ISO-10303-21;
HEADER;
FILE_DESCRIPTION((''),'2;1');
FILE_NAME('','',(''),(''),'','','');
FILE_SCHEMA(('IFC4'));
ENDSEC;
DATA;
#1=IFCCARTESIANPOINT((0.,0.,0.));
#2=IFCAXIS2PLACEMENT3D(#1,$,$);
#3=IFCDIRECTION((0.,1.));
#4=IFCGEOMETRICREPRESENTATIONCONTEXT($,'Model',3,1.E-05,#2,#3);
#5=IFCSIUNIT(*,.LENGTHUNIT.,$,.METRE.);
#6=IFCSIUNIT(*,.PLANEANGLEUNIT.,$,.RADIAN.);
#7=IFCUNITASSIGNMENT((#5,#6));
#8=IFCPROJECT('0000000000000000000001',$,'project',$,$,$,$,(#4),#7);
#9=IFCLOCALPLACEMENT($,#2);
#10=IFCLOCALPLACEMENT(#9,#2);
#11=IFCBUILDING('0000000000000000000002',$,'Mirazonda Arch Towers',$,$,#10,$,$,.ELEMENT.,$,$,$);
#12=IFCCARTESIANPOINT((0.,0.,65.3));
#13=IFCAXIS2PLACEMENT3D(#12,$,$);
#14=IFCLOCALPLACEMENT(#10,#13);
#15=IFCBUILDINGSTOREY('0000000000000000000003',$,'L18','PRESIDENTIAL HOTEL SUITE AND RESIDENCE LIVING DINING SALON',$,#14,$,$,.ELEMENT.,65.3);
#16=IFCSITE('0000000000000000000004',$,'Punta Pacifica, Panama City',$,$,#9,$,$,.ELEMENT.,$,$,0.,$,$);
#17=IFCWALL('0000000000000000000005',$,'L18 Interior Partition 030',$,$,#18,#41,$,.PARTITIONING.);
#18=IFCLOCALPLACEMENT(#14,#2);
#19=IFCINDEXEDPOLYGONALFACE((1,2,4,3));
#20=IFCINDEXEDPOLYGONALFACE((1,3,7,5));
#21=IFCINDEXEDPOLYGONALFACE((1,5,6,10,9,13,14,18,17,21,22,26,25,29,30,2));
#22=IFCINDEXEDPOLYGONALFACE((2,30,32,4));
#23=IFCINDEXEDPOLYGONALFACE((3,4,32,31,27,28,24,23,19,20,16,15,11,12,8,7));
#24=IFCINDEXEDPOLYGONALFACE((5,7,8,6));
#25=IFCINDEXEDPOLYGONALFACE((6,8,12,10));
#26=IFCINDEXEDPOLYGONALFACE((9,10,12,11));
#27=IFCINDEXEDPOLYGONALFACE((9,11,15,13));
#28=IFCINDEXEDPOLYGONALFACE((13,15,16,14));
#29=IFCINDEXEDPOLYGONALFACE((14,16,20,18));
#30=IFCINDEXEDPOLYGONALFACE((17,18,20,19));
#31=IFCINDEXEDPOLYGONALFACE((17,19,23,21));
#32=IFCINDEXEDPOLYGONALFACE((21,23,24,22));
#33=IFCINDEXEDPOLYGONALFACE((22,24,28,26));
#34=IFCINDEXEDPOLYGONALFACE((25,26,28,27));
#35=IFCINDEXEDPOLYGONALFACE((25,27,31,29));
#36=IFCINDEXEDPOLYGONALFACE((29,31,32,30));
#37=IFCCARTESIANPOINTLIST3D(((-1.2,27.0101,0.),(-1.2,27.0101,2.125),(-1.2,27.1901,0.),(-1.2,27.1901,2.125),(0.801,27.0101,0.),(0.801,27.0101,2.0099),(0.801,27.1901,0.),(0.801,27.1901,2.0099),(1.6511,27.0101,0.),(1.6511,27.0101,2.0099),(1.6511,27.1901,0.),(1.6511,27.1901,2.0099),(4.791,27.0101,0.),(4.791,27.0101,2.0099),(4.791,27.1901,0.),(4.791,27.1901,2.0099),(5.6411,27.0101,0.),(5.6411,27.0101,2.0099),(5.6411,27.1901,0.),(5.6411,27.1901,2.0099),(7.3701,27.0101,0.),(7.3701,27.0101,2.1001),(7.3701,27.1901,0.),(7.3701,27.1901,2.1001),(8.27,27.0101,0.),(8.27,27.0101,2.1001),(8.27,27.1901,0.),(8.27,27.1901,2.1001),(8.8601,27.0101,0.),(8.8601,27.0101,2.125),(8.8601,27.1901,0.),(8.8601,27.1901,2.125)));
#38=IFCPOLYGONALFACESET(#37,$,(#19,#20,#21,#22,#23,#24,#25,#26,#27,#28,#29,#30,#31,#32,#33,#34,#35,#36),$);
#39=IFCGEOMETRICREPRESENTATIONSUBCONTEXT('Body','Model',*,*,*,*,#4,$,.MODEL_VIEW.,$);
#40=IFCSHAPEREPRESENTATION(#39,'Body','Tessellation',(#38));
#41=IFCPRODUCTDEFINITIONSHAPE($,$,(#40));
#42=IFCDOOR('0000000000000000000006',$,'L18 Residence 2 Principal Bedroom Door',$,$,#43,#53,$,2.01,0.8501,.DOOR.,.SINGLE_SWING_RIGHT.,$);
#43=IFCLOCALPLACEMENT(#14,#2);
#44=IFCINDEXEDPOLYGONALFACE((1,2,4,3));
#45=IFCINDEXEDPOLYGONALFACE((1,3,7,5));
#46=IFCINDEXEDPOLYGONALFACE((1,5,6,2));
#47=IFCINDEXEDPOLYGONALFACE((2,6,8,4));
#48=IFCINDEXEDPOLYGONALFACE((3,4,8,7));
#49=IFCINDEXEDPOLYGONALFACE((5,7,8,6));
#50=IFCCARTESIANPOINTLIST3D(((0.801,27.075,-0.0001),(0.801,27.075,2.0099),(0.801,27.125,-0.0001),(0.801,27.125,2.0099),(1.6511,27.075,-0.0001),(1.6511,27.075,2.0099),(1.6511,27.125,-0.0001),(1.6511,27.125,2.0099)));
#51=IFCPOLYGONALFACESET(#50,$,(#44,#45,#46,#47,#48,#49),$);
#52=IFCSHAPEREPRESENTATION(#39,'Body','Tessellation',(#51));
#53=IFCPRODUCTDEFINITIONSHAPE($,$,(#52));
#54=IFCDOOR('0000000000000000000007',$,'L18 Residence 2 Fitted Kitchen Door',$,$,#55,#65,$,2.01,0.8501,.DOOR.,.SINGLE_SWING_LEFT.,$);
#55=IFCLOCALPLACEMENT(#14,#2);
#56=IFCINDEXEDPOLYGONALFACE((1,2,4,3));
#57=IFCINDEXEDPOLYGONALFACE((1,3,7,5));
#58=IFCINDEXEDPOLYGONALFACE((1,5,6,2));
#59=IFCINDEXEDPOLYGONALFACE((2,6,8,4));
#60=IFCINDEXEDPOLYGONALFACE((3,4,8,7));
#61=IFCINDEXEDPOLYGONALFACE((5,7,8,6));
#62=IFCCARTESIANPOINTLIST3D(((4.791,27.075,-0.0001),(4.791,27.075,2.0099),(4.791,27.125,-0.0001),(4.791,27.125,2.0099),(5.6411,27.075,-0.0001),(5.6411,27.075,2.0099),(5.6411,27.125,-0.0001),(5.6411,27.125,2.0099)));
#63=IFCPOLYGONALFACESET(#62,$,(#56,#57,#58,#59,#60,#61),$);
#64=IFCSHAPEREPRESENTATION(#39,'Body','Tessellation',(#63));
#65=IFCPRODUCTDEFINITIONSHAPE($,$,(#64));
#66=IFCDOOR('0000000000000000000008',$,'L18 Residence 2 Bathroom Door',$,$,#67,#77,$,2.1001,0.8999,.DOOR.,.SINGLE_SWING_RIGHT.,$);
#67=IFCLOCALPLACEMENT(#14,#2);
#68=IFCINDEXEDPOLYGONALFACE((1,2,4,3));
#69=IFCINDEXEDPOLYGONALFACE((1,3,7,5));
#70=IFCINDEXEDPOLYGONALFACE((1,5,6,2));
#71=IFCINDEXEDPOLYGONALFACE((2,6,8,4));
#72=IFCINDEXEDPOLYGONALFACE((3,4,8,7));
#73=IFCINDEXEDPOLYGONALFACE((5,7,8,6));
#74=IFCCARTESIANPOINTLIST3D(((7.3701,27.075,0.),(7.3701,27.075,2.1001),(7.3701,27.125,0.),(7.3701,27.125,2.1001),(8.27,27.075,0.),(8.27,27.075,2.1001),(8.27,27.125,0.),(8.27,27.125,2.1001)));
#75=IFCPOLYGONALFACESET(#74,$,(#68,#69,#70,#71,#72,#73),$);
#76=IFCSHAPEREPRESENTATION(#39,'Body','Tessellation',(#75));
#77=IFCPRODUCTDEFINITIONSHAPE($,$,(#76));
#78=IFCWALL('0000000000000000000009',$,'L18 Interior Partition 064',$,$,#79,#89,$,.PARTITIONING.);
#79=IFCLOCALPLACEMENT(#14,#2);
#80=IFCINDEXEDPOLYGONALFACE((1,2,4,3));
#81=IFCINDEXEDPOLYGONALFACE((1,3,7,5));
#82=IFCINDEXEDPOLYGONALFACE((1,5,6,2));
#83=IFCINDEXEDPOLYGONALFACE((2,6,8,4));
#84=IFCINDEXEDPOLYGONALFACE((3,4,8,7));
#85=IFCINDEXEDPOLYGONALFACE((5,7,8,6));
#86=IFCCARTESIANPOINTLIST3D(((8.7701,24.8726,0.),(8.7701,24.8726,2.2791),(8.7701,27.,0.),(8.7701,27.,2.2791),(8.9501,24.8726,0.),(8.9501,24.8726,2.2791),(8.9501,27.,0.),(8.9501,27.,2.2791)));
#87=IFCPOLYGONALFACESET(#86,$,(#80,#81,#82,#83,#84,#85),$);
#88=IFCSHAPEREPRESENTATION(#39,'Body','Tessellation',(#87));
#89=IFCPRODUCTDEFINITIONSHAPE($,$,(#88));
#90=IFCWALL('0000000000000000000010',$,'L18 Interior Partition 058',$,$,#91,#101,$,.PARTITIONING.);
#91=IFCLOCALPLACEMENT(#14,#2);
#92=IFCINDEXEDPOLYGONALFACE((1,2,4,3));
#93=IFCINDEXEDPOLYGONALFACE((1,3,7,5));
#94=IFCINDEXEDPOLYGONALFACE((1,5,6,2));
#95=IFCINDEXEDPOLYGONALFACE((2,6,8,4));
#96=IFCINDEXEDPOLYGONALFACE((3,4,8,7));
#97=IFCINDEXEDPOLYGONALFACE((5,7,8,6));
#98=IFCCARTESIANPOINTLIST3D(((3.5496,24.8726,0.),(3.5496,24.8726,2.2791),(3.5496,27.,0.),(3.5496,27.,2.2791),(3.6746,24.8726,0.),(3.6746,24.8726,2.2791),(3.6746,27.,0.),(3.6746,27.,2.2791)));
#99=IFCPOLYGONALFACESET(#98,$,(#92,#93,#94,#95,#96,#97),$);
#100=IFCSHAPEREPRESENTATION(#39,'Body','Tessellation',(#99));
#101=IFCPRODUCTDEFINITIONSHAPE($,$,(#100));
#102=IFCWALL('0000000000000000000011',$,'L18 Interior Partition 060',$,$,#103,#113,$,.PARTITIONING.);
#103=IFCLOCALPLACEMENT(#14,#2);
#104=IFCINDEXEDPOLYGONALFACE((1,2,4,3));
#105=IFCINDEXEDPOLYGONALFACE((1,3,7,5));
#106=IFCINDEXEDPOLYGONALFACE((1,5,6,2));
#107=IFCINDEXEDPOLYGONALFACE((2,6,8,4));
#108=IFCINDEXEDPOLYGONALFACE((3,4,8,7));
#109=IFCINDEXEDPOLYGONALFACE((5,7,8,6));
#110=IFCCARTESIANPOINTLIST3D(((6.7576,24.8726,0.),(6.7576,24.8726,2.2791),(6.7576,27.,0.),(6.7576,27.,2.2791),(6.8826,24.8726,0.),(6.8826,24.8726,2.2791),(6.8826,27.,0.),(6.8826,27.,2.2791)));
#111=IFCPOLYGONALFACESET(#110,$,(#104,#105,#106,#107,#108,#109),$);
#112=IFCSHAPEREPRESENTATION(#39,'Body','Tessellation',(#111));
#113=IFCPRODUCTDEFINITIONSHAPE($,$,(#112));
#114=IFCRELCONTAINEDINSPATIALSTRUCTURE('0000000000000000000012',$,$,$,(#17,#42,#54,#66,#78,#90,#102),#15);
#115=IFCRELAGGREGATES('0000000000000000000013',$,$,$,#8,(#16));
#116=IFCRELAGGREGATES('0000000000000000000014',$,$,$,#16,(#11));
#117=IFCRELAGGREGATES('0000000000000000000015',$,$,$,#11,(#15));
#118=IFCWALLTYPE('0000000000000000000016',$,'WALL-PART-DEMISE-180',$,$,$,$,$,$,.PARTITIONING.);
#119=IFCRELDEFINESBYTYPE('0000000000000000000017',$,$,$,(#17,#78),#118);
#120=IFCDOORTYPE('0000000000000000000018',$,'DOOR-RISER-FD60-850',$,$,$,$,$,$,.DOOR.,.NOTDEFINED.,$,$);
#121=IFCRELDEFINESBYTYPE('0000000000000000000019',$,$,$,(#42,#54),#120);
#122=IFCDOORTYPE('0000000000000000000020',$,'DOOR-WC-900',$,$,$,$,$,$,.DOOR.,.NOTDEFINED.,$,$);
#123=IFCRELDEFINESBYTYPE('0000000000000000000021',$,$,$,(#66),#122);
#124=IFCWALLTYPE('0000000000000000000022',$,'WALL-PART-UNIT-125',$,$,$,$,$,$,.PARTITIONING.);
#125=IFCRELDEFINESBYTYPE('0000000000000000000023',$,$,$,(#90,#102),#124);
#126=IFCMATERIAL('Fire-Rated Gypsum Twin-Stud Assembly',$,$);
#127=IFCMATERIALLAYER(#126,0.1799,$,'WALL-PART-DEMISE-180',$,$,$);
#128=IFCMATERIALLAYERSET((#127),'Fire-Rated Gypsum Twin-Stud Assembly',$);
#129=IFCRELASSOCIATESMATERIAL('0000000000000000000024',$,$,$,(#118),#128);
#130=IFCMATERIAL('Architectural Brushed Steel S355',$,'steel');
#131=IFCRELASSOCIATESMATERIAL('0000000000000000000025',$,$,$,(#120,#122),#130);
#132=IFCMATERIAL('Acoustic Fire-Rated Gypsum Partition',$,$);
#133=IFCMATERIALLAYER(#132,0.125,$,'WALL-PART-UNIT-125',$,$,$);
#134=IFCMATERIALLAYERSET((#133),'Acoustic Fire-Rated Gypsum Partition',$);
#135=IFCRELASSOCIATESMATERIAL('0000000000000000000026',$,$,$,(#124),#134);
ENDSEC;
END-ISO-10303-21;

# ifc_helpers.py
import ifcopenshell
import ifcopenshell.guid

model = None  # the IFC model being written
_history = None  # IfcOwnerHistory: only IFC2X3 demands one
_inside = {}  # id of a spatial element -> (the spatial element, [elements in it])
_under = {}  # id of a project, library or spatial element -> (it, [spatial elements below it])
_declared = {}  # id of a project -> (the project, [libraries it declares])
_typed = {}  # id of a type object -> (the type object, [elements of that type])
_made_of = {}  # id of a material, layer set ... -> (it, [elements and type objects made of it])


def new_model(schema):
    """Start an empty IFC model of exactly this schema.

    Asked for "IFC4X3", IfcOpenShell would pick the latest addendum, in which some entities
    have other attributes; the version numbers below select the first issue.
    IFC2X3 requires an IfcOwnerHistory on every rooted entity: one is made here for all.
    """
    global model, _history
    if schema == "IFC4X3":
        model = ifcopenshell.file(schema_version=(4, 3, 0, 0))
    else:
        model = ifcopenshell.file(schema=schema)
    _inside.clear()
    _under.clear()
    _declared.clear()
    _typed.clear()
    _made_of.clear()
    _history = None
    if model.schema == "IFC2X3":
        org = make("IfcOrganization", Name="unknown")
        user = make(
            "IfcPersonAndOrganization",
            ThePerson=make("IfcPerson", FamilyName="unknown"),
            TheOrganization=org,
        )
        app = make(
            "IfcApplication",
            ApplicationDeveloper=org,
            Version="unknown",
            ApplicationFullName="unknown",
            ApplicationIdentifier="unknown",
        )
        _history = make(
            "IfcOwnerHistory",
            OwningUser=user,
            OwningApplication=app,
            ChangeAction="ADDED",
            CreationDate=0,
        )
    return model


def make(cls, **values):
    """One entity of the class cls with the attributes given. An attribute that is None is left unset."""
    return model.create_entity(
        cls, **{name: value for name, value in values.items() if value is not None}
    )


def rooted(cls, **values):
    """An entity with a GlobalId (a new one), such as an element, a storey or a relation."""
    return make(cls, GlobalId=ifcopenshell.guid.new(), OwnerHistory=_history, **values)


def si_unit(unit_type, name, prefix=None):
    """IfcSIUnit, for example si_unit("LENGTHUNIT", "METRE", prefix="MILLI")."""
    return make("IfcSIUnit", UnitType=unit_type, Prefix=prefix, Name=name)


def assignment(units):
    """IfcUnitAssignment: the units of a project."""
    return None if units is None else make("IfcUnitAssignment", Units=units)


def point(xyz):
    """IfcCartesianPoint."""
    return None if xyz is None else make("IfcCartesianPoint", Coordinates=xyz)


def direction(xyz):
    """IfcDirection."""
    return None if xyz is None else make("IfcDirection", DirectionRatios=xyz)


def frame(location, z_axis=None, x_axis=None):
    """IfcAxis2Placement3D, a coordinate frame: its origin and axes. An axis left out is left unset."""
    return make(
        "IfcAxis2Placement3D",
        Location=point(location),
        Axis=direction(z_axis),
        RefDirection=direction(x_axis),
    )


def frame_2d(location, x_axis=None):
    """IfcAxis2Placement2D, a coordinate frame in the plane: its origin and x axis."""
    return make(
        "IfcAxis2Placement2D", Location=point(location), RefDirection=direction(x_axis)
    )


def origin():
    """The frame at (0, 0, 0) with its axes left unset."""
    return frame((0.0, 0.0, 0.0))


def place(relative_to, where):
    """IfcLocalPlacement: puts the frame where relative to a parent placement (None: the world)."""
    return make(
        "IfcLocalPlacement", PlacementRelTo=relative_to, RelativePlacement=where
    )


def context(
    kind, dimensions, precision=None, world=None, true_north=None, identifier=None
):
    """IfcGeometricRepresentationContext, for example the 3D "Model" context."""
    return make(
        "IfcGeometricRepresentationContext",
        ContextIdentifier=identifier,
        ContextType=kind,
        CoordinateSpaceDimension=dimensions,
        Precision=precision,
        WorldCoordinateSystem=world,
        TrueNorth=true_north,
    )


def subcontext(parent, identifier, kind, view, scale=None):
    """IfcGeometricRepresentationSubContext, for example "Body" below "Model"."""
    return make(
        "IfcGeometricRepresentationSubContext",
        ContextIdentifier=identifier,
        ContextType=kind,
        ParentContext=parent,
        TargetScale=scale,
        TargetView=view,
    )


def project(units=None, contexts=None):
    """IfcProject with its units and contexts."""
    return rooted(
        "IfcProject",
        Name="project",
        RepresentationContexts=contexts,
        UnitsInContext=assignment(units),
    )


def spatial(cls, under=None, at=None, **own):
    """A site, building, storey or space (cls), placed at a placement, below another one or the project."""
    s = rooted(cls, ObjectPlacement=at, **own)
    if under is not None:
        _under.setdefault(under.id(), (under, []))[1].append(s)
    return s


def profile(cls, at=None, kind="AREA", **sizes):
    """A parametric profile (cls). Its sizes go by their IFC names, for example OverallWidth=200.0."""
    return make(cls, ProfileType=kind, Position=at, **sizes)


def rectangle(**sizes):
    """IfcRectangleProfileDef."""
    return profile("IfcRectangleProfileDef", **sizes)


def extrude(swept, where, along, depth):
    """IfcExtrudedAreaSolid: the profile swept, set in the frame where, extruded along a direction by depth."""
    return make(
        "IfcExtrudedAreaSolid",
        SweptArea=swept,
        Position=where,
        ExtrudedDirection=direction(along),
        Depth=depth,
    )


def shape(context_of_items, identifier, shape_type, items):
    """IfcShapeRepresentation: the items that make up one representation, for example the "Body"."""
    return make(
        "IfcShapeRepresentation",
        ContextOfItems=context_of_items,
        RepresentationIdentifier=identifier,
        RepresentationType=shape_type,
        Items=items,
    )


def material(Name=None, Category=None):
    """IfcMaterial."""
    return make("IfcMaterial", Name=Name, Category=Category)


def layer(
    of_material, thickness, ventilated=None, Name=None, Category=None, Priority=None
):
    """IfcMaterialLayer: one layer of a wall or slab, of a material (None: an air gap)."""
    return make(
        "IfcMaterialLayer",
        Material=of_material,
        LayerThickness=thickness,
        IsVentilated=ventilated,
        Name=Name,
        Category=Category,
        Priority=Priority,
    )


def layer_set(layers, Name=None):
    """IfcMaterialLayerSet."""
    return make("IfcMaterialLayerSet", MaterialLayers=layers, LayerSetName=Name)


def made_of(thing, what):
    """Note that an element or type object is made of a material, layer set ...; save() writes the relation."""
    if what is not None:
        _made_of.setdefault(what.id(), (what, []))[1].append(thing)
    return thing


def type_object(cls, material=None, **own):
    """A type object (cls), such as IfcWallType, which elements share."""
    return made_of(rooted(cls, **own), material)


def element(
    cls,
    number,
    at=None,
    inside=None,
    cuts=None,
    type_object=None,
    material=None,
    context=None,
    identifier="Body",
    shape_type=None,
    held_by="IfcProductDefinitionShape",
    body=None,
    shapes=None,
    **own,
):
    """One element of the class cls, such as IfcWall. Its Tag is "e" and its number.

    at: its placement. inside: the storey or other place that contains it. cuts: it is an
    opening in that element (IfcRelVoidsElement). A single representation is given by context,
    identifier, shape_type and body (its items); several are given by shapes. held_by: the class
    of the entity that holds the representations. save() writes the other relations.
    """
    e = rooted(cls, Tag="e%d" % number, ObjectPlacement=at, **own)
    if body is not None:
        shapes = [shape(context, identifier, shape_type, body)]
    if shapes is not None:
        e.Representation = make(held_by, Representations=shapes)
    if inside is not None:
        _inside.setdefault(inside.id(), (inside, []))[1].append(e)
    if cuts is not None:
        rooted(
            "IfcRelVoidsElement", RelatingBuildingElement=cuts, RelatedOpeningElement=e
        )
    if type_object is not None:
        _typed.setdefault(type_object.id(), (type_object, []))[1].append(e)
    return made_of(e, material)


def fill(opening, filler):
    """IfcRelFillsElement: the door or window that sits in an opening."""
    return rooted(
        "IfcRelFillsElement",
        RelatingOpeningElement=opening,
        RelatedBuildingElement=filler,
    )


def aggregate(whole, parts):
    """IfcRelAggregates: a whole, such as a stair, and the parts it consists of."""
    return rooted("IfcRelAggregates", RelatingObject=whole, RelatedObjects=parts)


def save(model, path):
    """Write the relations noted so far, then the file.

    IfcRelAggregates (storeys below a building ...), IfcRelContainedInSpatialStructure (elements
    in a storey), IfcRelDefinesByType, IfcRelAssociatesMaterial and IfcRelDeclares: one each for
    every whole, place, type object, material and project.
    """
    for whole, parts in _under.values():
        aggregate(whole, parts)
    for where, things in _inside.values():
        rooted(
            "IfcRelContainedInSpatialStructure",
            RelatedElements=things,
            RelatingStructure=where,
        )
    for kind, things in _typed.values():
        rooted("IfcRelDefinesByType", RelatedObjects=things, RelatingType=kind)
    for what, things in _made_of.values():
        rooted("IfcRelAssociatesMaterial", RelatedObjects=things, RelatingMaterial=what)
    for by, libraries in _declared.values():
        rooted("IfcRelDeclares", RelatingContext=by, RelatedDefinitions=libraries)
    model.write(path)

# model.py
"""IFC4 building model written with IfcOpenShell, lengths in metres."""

from ifc_helpers import new_model, si_unit, direction, frame, frame_2d, origin, place, context, subcontext, project, spatial, rectangle, extrude, material, layer, layer_set, type_object, element, fill, save


model = new_model("IFC4")

# Units and contexts
model_context = context("Model", 3, precision=1e-05, world=origin(), true_north=direction((0.0, 1.0)))
body_context = subcontext(model_context, "Body", "Model", "MODEL_VIEW")
ifc_project = project(units=[si_unit("LENGTHUNIT", "METRE"), si_unit("PLANEANGLEUNIT", "RADIAN")], contexts=[model_context])

# Site, building, storey
site_placement = place(None, origin())
site = spatial("IfcSite", under=ifc_project, at=site_placement, Name="Punta Pacifica, Panama City", CompositionType="ELEMENT", RefElevation=0.0)
building_placement = place(site_placement, origin())
building = spatial("IfcBuilding", under=site, at=building_placement, Name="Mirazonda Arch Towers", CompositionType="ELEMENT")
storey_placement = place(building_placement, frame((0.0, 0.0, 65.3)))
storey = spatial("IfcBuildingStorey", under=building, at=storey_placement, Name="L18", Description="PRESIDENTIAL HOTEL SUITE AND RESIDENCE LIVING DINING SALON", CompositionType="ELEMENT", Elevation=65.3)

# Wall, openings, doors
ifc_material_1 = material(Name="Fire-Rated Gypsum Twin-Stud Assembly")
ifc_layer_1 = layer(ifc_material_1, 0.1799, Name="WALL-PART-DEMISE-180")
ifc_layer_set_1 = layer_set([ifc_layer_1], Name="Fire-Rated Gypsum Twin-Stud Assembly")
wall_type_1 = type_object("IfcWallType", Name="WALL-PART-DEMISE-180", PredefinedType="PARTITIONING", material=ifc_layer_set_1)
wall_1_placement = place(storey_placement, frame((-1.2, 27.1001, 0.0), z_axis=(0.0, 0.0, 1.0), x_axis=(1.0, 0.0, 0.0)))
wall_1 = element("IfcWall", 1, at=wall_1_placement, inside=storey, type_object=wall_type_1, Name="L18 Interior Partition 030", PredefinedType="PARTITIONING", context=body_context, shape_type="SweptSolid", body=[
    extrude(rectangle(XDim=10.0601, YDim=0.1799, at=frame_2d((5.03, 0.0))), origin(), (0.0, 0.0, 1.0), 2.125),
])
opening_1_placement = place(wall_1_placement, frame((2.001, 0.0, 0.0)))
opening_1 = element("IfcOpeningElement", 2, at=opening_1_placement, cuts=wall_1, PredefinedType="OPENING", context=body_context, shape_type="SweptSolid", body=[
    extrude(rectangle(XDim=0.8501, YDim=2.01, at=frame_2d((0.425, 1.0049))), frame((0.0, 0.0999, 0.0), z_axis=(0.0, -1.0, 0.0), x_axis=(1.0, 0.0, 0.0)), (0.0, 0.0, 1.0), 0.2),
])
opening_2_placement = place(wall_1_placement, frame((5.991, 0.0, 0.0)))
opening_2 = element("IfcOpeningElement", 3, at=opening_2_placement, cuts=wall_1, PredefinedType="OPENING", context=body_context, shape_type="SweptSolid", body=[
    extrude(rectangle(XDim=0.8501, YDim=2.01, at=frame_2d((0.425, 1.0049))), frame((0.0, 0.0999, 0.0), z_axis=(0.0, -1.0, 0.0), x_axis=(1.0, 0.0, 0.0)), (0.0, 0.0, 1.0), 0.2),
])
opening_3_placement = place(wall_1_placement, frame((8.5701, 0.0, 0.0)))
opening_3 = element("IfcOpeningElement", 4, at=opening_3_placement, cuts=wall_1, PredefinedType="OPENING", context=body_context, shape_type="SweptSolid", body=[
    extrude(rectangle(XDim=0.8999, YDim=2.1001, at=frame_2d((0.45, 1.05))), frame((0.0, 0.0999, 0.0), z_axis=(0.0, -1.0, 0.0), x_axis=(1.0, 0.0, 0.0)), (0.0, 0.0, 1.0), 0.2),
])
ifc_material_2 = material(Name="Architectural Brushed Steel S355", Category="steel")
door_type_1 = type_object("IfcDoorType", Name="DOOR-RISER-FD60-850", OperationType="NOTDEFINED", PredefinedType="DOOR", material=ifc_material_2)
door_1_placement = place(opening_1_placement, origin())
door_1 = element("IfcDoor", 5, at=door_1_placement, inside=storey, type_object=door_type_1, Name="L18 Residence 2 Principal Bedroom Door", OperationType="SINGLE_SWING_RIGHT", OverallHeight=2.01, OverallWidth=0.8501, PredefinedType="DOOR", context=body_context, shape_type="SweptSolid", body=[
    extrude(rectangle(XDim=0.8501, YDim=2.01, at=frame_2d((0.425, 1.0049))), frame((0.0, 0.0249, 0.0), z_axis=(0.0, -1.0, 0.0), x_axis=(1.0, 0.0, 0.0)), (0.0, 0.0, 1.0), 0.05),
])
fill(opening_1, door_1)
door_2_placement = place(opening_2_placement, origin())
door_2 = element("IfcDoor", 6, at=door_2_placement, inside=storey, type_object=door_type_1, Name="L18 Residence 2 Fitted Kitchen Door", OperationType="SINGLE_SWING_LEFT", OverallHeight=2.01, OverallWidth=0.8501, PredefinedType="DOOR", context=body_context, shape_type="SweptSolid", body=[
    extrude(rectangle(XDim=0.8501, YDim=2.01, at=frame_2d((0.425, 1.0049))), frame((0.0, 0.0249, 0.0), z_axis=(0.0, -1.0, 0.0), x_axis=(1.0, 0.0, 0.0)), (0.0, 0.0, 1.0), 0.05),
])
fill(opening_2, door_2)
door_type_2 = type_object("IfcDoorType", Name="DOOR-WC-900", OperationType="NOTDEFINED", PredefinedType="DOOR", material=ifc_material_2)
door_3_placement = place(opening_3_placement, origin())
door_3 = element("IfcDoor", 7, at=door_3_placement, inside=storey, type_object=door_type_2, Name="L18 Residence 2 Bathroom Door", OperationType="SINGLE_SWING_RIGHT", OverallHeight=2.1001, OverallWidth=0.8999, PredefinedType="DOOR", context=body_context, shape_type="SweptSolid", body=[
    extrude(rectangle(XDim=0.8999, YDim=2.1001, at=frame_2d((0.45, 1.05))), frame((0.0, 0.0249, 0.0), z_axis=(0.0, -1.0, 0.0), x_axis=(1.0, 0.0, 0.0)), (0.0, 0.0, 1.0), 0.05),
])
fill(opening_3, door_3)

# Walls
wall_2_placement = place(storey_placement, frame((8.8601, 24.8726, 0.0), z_axis=(0.0, 0.0, 1.0), x_axis=(0.0, 1.0, 0.0)))
element("IfcWall", 8, at=wall_2_placement, inside=storey, type_object=wall_type_1, Name="L18 Interior Partition 064", PredefinedType="PARTITIONING", context=body_context, shape_type="SweptSolid", body=[
    extrude(rectangle(XDim=2.1274, YDim=0.1799, at=frame_2d((1.0637, 0.0))), origin(), (0.0, 0.0, 1.0), 2.2791),
])
ifc_material_3 = material(Name="Acoustic Fire-Rated Gypsum Partition")
ifc_layer_2 = layer(ifc_material_3, 0.125, Name="WALL-PART-UNIT-125")
ifc_layer_set_2 = layer_set([ifc_layer_2], Name="Acoustic Fire-Rated Gypsum Partition")
wall_type_2 = type_object("IfcWallType", Name="WALL-PART-UNIT-125", PredefinedType="PARTITIONING", material=ifc_layer_set_2)
for number, where, z_axis, x_axis, name in (
    (9, (3.6121, 24.8726, 0.0), (0.0, 0.0, 1.0), (0.0, 1.0, 0.0), "L18 Interior Partition 058"),
    (10, (6.8201, 24.8726, 0.0), (0.0, 0.0, 1.0), (0.0, 1.0, 0.0), "L18 Interior Partition 060"),
):
    element("IfcWall", number, at=place(storey_placement, frame(where, z_axis=z_axis, x_axis=x_axis)), inside=storey, type_object=wall_type_2, Name=name, PredefinedType="PARTITIONING", context=body_context, shape_type="SweptSolid", body=[
        extrude(rectangle(XDim=2.1274, YDim=0.125, at=frame_2d((1.0637, 0.0))), origin(), (0.0, 0.0, 1.0), 2.2791),
    ])

save(model, "model.ifc")
